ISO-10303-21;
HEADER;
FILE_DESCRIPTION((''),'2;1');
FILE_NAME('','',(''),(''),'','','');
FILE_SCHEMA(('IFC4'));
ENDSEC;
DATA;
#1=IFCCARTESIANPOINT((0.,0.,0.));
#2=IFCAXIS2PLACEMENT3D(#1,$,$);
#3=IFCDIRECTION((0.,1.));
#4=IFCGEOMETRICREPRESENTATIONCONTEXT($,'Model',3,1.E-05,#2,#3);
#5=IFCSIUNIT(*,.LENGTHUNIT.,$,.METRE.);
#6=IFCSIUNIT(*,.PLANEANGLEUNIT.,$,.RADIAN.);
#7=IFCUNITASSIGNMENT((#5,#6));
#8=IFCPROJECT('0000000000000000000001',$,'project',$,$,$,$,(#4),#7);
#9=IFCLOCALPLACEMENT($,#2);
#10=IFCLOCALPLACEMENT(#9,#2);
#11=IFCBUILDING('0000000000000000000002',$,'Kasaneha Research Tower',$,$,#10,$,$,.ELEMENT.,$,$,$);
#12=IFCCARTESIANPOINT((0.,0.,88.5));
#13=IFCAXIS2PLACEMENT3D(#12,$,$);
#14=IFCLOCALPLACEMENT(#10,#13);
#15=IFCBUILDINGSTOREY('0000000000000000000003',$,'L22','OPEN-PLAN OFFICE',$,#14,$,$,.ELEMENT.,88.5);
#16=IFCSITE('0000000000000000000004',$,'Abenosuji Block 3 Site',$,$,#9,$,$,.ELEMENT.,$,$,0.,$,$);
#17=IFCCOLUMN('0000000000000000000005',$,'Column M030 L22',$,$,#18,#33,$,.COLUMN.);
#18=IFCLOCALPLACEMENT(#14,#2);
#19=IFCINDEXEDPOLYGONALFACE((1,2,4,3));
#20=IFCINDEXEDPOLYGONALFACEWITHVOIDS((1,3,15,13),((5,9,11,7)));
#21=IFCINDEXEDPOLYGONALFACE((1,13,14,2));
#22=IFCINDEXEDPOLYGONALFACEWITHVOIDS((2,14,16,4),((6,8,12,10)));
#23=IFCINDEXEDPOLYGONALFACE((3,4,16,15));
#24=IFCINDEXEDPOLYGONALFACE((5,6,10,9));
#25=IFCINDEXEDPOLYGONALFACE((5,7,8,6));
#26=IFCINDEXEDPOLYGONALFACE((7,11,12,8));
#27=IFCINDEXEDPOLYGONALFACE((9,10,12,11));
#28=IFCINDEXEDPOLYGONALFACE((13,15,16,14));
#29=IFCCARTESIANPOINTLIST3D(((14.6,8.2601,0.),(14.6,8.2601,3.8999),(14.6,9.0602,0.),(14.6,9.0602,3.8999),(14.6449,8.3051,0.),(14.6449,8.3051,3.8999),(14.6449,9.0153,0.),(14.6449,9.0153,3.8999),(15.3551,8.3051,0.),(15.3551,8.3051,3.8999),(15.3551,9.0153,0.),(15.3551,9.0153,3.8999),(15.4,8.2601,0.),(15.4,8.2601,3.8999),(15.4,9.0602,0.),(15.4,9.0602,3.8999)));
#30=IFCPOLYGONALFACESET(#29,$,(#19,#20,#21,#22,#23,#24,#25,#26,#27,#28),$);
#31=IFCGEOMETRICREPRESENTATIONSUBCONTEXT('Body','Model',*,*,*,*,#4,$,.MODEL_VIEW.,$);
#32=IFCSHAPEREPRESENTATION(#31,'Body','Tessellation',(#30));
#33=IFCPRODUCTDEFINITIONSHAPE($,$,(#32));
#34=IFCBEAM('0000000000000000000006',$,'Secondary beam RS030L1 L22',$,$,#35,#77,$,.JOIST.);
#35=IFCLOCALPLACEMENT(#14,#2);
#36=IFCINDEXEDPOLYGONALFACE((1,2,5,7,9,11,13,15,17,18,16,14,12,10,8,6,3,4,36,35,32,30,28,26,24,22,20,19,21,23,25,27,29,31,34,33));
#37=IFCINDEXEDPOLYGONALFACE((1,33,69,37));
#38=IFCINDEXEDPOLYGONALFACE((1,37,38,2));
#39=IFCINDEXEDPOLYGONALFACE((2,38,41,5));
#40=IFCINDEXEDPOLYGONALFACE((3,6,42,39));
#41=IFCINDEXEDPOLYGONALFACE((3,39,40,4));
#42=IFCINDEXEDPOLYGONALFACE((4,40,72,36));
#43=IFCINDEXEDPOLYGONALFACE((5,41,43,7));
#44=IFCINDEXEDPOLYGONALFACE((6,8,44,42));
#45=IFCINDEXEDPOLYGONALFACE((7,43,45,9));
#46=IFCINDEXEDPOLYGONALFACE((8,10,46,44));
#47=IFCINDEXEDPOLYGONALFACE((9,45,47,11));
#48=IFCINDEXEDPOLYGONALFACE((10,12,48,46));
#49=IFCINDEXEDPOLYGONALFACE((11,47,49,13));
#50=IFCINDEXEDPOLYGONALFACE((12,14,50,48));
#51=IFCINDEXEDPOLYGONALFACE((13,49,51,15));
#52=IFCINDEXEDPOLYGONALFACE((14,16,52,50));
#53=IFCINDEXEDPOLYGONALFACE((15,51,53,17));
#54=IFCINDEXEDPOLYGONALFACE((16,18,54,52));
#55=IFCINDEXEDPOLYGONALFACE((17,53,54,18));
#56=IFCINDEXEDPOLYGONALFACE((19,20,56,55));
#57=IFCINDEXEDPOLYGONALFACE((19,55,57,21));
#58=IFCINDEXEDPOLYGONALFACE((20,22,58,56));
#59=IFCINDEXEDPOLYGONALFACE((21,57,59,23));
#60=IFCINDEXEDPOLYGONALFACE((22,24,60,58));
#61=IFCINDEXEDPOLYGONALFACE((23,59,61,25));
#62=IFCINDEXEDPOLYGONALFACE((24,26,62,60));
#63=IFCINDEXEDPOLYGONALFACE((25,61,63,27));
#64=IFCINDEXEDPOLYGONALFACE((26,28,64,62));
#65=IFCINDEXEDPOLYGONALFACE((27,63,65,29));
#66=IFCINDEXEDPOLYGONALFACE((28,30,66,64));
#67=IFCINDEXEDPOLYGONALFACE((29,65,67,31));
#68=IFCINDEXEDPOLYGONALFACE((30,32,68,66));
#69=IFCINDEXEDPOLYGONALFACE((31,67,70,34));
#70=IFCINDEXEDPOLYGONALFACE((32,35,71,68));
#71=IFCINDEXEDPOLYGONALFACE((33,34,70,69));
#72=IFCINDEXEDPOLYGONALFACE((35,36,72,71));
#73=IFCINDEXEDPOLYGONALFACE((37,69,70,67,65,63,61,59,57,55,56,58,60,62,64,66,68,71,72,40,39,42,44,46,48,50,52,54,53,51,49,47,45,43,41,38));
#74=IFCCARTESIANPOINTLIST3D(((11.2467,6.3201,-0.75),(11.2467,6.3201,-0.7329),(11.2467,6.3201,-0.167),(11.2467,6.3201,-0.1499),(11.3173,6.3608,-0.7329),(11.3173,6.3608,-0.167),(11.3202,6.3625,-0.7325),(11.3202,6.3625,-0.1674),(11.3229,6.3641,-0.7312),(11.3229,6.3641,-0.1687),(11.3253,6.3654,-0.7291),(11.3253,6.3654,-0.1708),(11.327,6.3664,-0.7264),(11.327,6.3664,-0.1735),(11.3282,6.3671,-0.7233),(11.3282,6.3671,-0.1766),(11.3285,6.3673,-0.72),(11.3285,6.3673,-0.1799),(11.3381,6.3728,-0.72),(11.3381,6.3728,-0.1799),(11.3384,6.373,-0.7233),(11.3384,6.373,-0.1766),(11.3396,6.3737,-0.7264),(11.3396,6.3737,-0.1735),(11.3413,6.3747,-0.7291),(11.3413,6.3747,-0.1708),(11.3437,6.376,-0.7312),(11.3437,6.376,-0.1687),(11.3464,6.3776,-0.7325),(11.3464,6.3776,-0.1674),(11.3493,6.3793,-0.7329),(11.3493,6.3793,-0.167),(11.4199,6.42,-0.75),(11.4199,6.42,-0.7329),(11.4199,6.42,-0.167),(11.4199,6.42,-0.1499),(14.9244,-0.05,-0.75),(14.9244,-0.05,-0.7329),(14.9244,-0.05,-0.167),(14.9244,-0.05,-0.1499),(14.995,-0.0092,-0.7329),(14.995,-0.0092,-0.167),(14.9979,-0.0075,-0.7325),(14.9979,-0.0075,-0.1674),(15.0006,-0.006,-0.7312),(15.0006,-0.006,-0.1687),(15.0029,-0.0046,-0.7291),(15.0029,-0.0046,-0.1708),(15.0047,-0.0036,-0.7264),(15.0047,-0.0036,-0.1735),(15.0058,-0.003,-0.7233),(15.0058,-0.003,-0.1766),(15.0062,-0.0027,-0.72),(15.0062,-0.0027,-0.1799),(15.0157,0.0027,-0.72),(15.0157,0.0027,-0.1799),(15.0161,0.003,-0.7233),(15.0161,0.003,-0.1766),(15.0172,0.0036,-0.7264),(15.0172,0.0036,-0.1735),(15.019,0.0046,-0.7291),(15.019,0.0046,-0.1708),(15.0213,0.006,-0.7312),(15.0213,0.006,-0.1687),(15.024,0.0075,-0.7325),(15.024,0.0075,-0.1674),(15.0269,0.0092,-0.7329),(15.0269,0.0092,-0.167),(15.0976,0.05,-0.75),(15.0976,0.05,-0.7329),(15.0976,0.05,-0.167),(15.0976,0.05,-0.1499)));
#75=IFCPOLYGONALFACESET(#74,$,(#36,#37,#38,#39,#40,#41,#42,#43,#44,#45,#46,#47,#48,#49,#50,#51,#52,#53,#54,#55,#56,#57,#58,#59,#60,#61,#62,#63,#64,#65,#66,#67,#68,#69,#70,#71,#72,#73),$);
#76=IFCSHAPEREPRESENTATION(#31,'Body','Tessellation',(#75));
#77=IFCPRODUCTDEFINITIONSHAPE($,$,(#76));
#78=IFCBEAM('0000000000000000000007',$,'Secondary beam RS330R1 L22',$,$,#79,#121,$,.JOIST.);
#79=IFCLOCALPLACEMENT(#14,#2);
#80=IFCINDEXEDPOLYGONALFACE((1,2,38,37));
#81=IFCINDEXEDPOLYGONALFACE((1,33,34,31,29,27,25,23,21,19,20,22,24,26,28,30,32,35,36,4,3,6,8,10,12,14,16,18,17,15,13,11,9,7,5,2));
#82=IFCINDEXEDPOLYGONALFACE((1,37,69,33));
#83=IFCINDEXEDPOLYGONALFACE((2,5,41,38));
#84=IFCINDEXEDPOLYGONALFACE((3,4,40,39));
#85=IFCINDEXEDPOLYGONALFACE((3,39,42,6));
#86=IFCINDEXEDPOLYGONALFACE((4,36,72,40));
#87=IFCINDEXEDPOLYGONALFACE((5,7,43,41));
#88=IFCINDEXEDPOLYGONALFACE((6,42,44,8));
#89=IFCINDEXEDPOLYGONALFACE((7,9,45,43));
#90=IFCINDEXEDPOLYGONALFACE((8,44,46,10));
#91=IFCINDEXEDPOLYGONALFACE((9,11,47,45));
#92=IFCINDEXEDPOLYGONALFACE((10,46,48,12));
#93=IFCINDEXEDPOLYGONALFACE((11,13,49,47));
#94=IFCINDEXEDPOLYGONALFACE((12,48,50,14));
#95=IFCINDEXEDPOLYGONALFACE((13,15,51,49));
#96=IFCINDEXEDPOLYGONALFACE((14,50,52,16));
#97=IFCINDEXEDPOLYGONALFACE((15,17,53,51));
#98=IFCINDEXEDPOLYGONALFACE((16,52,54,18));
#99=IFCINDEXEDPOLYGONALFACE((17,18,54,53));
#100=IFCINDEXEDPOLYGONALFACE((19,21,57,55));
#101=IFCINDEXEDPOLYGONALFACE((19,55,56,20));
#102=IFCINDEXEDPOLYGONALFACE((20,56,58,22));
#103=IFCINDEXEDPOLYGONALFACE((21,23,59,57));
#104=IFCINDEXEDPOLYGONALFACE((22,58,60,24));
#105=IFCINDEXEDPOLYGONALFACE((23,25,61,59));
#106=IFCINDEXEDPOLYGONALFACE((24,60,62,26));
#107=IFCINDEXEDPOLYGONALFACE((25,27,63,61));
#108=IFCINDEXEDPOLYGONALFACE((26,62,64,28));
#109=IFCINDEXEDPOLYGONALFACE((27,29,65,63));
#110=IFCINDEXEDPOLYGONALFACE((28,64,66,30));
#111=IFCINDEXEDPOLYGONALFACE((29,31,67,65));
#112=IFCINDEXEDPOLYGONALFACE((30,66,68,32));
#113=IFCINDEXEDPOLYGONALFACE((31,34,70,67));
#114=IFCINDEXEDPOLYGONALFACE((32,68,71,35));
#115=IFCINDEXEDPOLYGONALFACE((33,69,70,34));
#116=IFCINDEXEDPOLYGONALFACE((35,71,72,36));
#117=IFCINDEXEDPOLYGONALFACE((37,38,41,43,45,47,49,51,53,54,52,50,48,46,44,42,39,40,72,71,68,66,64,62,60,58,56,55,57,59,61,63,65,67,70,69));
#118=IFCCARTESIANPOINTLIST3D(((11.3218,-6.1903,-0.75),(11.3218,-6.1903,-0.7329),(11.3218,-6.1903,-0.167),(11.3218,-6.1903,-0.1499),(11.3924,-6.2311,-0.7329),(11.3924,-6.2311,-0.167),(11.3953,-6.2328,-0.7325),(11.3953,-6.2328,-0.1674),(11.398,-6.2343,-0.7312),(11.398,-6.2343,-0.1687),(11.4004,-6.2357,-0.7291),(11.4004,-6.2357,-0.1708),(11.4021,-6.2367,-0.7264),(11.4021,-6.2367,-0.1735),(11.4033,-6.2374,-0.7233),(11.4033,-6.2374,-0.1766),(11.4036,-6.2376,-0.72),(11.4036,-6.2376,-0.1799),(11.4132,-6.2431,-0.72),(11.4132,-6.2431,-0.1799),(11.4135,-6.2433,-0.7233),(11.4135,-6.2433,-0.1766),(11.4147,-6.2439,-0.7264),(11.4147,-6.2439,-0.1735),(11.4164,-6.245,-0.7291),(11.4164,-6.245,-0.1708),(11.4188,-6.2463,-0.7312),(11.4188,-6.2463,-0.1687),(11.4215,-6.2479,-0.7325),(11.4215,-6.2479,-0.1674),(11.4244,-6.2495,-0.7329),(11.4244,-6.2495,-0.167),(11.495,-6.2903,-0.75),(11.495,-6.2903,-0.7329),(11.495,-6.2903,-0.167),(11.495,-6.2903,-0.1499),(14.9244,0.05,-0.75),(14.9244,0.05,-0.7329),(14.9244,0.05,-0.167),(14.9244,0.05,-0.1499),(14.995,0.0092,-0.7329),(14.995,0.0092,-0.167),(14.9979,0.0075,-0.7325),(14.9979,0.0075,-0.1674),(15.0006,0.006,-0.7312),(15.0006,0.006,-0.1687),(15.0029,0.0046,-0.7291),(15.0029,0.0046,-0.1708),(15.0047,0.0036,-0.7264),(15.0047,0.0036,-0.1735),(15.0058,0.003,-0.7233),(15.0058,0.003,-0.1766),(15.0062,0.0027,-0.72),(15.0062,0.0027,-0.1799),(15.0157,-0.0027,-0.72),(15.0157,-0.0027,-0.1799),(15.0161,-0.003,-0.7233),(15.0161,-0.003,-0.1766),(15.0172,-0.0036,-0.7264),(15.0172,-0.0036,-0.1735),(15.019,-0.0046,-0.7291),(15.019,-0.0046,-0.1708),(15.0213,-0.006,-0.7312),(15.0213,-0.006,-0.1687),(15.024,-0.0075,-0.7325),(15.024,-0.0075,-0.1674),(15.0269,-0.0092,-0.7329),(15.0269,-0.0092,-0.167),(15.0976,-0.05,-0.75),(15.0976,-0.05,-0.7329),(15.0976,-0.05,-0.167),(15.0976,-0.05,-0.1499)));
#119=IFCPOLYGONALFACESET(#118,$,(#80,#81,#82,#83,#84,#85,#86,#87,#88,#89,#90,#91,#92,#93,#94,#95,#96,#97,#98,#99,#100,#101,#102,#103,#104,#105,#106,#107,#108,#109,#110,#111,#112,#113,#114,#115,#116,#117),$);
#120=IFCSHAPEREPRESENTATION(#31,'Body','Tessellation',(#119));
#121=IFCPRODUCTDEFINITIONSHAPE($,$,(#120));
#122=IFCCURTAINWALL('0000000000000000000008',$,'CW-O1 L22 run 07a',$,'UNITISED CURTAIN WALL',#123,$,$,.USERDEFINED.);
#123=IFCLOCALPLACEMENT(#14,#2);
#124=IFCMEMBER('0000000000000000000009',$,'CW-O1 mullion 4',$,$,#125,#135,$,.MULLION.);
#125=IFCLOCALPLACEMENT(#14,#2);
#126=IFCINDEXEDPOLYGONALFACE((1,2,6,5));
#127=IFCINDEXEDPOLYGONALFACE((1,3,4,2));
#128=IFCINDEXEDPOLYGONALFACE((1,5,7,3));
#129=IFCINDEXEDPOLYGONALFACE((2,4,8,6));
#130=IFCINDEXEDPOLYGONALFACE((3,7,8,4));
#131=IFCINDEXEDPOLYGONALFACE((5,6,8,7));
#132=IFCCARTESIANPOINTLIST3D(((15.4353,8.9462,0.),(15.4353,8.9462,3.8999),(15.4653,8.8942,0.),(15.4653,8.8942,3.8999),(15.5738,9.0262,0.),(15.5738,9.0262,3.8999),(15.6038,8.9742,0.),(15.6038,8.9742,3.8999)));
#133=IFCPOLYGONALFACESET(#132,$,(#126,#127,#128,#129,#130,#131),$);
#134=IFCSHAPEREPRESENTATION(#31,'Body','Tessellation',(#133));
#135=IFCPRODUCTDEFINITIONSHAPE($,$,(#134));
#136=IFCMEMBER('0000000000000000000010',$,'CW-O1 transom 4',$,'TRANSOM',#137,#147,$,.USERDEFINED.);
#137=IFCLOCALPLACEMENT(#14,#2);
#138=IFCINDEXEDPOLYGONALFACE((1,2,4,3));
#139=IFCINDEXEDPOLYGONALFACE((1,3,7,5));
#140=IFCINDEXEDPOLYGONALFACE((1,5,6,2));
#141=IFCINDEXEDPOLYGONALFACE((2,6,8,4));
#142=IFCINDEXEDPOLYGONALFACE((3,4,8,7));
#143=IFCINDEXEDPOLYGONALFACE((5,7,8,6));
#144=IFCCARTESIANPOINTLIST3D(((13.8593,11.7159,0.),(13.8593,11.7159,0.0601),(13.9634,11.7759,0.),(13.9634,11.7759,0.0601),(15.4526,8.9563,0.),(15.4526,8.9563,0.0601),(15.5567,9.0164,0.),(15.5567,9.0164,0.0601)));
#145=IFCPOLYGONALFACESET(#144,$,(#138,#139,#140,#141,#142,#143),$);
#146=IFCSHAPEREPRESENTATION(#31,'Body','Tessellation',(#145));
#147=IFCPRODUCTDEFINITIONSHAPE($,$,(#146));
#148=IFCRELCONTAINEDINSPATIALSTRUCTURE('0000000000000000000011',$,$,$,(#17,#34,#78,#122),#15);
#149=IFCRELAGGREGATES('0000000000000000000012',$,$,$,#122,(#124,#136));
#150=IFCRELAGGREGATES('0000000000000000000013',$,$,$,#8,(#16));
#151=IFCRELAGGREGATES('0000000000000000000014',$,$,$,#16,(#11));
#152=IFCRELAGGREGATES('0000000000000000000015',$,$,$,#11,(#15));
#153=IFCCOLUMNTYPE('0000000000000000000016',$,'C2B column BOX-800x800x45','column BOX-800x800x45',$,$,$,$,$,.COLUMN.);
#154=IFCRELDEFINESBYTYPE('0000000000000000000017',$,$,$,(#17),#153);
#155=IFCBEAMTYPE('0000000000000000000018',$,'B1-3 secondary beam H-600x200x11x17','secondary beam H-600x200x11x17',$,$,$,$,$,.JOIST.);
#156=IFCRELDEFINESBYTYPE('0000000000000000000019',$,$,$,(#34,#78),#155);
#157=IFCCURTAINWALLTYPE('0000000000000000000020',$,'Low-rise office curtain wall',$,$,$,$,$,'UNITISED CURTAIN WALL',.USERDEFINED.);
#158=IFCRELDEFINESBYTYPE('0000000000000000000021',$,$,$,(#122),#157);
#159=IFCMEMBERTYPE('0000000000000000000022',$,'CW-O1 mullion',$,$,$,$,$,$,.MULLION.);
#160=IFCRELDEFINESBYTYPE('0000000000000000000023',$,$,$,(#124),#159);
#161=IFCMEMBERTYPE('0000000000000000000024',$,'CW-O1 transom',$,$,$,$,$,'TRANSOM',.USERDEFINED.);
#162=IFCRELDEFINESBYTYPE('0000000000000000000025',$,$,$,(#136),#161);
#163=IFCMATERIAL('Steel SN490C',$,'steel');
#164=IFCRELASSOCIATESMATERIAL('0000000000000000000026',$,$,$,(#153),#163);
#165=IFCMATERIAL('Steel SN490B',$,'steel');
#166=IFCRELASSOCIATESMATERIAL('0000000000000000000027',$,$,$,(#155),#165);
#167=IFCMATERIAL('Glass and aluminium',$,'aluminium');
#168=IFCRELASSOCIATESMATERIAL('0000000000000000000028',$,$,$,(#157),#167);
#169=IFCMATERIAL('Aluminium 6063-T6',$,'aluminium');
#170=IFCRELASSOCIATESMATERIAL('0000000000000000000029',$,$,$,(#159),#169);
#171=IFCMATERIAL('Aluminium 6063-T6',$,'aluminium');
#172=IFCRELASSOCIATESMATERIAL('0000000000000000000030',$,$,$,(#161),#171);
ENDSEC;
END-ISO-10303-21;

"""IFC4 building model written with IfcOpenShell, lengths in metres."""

from ifc_helpers import new_model, si_unit, direction, frame, origin, origin_2d, place, context, subcontext, project, spatial, rectangle, hollow_rectangle, i_section, extrude, material, material_profile, profile_set, type_object, element, aggregate, save


model = new_model("IFC4")

# Units and contexts
model_context = context("Model", 3, precision=1e-05, world=origin(), true_north=direction((0.0, 1.0)))
body_context = subcontext(model_context, "Body", "Model", "MODEL_VIEW")
ifc_project = project(units=[si_unit("LENGTHUNIT", "METRE"), si_unit("PLANEANGLEUNIT", "RADIAN")], contexts=[model_context])

# Site, building, storey
site_placement = place(None, origin())
site = spatial("IfcSite", under=ifc_project, at=site_placement, Name="Abenosuji Block 3 Site", CompositionType="ELEMENT", RefElevation=0.0)
building_placement = place(site_placement, origin())
building = spatial("IfcBuilding", under=site, at=building_placement, Name="Kasaneha Research Tower", CompositionType="ELEMENT")
storey_placement = place(building_placement, frame((0.0, 0.0, 88.5)))
storey = spatial("IfcBuildingStorey", under=building, at=storey_placement, Name="L22", Description="OPEN-PLAN OFFICE", CompositionType="ELEMENT", Elevation=88.5)

# Column
ifc_material_1 = material(Name="Steel SN490C", Category="steel")
ifc_material_profile_1 = material_profile(ifc_material_1, hollow_rectangle(XDim=0.8, YDim=0.8, WallThickness=0.0449, at=origin_2d()), Name="BOX-800x800x45")
ifc_profile_set_1 = profile_set([ifc_material_profile_1], Name="Steel SN490C")
column_type = type_object("IfcColumnType", Name="C2B column BOX-800x800x45", Description="column BOX-800x800x45", PredefinedType="COLUMN", material=ifc_profile_set_1)
column_placement = place(storey_placement, frame((15.0, 8.6602, 0.0), z_axis=(0.0, 0.0, 1.0), x_axis=(1.0, 0.0, 0.0)))
element("IfcColumn", 1, at=column_placement, inside=storey, type_object=column_type, Name="Column M030 L22", PredefinedType="COLUMN", context=body_context, shape_type="SweptSolid", body=[
    extrude(hollow_rectangle(XDim=0.8, YDim=0.8, WallThickness=0.0449, at=origin_2d()), origin(), (0.0, 0.0, 1.0), 3.8999),
])

# Beams
ifc_material_2 = material(Name="Steel SN490B", Category="steel")
ifc_material_profile_2 = material_profile(ifc_material_2, i_section(OverallWidth=0.2, OverallDepth=0.6001, WebThickness=0.011, FlangeThickness=0.0171, FilletRadius=0.0129, at=origin_2d()), Name="H-600x200x11x17")
ifc_profile_set_2 = profile_set([ifc_material_profile_2], Name="Steel SN490B")
beam_type_1 = type_object("IfcBeamType", Name="B1-3 secondary beam H-600x200x11x17", Description="secondary beam H-600x200x11x17", PredefinedType="JOIST", material=ifc_profile_set_2)
beam_1_placement = place(storey_placement, frame((15.011, 0.0, -0.45), z_axis=(-0.499994, 0.866029, 0.0), x_axis=(-0.866029, -0.499994, 0.0)))
element("IfcBeam", 2, at=beam_1_placement, inside=storey, type_object=beam_type_1, Name="Secondary beam RS030L1 L22", PredefinedType="JOIST", context=body_context, shape_type="SweptSolid", body=[
    extrude(i_section(OverallWidth=0.2, OverallDepth=0.6001, WebThickness=0.011, FlangeThickness=0.0171, FilletRadius=0.0129, at=origin_2d()), origin(), (0.0, 0.0, 1.0), 7.3555),
])
beam_2_placement = place(storey_placement, frame((15.011, 0.0, -0.45), z_axis=(-0.499973, -0.866041, 0.0), x_axis=(0.866041, -0.499973, 0.0)))
element("IfcBeam", 3, at=beam_2_placement, inside=storey, type_object=beam_type_1, Name="Secondary beam RS330R1 L22", PredefinedType="JOIST", context=body_context, shape_type="SweptSolid", body=[
    extrude(i_section(OverallWidth=0.2, OverallDepth=0.6001, WebThickness=0.011, FlangeThickness=0.0171, FilletRadius=0.0129, at=origin_2d()), origin(), (0.0, 0.0, 1.0), 7.2056),
])

# Curtain wall, members
ifc_material_3 = material(Name="Glass and aluminium", Category="aluminium")
curtain_wall_type = type_object("IfcCurtainWallType", Name="Low-rise office curtain wall", ElementType="UNITISED CURTAIN WALL", PredefinedType="USERDEFINED", material=ifc_material_3)
curtain_wall_placement = place(storey_placement, origin())
curtain_wall = element("IfcCurtainWall", 4, at=curtain_wall_placement, inside=storey, type_object=curtain_wall_type, Name="CW-O1 L22 run 07a", ObjectType="UNITISED CURTAIN WALL", PredefinedType="USERDEFINED")
ifc_material_4 = material(Name="Aluminium 6063-T6", Category="aluminium")
ifc_material_profile_3 = material_profile(ifc_material_4, rectangle(XDim=0.0601, YDim=0.1599, at=origin_2d()), Name="CW-O1 mullion 60x160")
ifc_profile_set_3 = profile_set([ifc_material_profile_3], Name="Aluminium 6063-T6")
member_type_1 = type_object("IfcMemberType", Name="CW-O1 mullion", PredefinedType="MULLION", material=ifc_profile_set_3)
member_1_placement = place(storey_placement, frame((15.5195, 8.9602, 0.0), z_axis=(0.0, 0.0, 1.0), x_axis=(-0.5, 0.866025, 0.0)))
member_1 = element("IfcMember", 5, at=member_1_placement, type_object=member_type_1, Name="CW-O1 mullion 4", PredefinedType="MULLION", context=body_context, shape_type="SweptSolid", body=[
    extrude(rectangle(XDim=0.0601, YDim=0.1599, at=origin_2d()), origin(), (0.0, 0.0, 1.0), 3.8999),
])
ifc_material_5 = material(Name="Aluminium 6063-T6", Category="aluminium")
ifc_material_profile_4 = material_profile(ifc_material_5, rectangle(XDim=0.1201, YDim=0.0601, at=origin_2d()), Name="CW-O1 transom 120x60")
ifc_profile_set_4 = profile_set([ifc_material_profile_4], Name="Aluminium 6063-T6")
member_type_2 = type_object("IfcMemberType", Name="CW-O1 transom", ElementType="TRANSOM", PredefinedType="USERDEFINED", material=ifc_profile_set_4)
member_2_placement = place(storey_placement, frame((15.5046, 8.9863, 0.03), z_axis=(-0.500012, 0.866018, 0.0), x_axis=(-0.866018, -0.500012, 0.0)))
member_2 = element("IfcMember", 6, at=member_2_placement, type_object=member_type_2, Name="CW-O1 transom 4", ObjectType="TRANSOM", PredefinedType="USERDEFINED", context=body_context, shape_type="SweptSolid", body=[
    extrude(rectangle(XDim=0.1201, YDim=0.0601, at=origin_2d()), origin(), (0.0, 0.0, 1.0), 3.1865),
])

aggregate(curtain_wall, [member_1, member_2])

save(model, "model.ifc")
